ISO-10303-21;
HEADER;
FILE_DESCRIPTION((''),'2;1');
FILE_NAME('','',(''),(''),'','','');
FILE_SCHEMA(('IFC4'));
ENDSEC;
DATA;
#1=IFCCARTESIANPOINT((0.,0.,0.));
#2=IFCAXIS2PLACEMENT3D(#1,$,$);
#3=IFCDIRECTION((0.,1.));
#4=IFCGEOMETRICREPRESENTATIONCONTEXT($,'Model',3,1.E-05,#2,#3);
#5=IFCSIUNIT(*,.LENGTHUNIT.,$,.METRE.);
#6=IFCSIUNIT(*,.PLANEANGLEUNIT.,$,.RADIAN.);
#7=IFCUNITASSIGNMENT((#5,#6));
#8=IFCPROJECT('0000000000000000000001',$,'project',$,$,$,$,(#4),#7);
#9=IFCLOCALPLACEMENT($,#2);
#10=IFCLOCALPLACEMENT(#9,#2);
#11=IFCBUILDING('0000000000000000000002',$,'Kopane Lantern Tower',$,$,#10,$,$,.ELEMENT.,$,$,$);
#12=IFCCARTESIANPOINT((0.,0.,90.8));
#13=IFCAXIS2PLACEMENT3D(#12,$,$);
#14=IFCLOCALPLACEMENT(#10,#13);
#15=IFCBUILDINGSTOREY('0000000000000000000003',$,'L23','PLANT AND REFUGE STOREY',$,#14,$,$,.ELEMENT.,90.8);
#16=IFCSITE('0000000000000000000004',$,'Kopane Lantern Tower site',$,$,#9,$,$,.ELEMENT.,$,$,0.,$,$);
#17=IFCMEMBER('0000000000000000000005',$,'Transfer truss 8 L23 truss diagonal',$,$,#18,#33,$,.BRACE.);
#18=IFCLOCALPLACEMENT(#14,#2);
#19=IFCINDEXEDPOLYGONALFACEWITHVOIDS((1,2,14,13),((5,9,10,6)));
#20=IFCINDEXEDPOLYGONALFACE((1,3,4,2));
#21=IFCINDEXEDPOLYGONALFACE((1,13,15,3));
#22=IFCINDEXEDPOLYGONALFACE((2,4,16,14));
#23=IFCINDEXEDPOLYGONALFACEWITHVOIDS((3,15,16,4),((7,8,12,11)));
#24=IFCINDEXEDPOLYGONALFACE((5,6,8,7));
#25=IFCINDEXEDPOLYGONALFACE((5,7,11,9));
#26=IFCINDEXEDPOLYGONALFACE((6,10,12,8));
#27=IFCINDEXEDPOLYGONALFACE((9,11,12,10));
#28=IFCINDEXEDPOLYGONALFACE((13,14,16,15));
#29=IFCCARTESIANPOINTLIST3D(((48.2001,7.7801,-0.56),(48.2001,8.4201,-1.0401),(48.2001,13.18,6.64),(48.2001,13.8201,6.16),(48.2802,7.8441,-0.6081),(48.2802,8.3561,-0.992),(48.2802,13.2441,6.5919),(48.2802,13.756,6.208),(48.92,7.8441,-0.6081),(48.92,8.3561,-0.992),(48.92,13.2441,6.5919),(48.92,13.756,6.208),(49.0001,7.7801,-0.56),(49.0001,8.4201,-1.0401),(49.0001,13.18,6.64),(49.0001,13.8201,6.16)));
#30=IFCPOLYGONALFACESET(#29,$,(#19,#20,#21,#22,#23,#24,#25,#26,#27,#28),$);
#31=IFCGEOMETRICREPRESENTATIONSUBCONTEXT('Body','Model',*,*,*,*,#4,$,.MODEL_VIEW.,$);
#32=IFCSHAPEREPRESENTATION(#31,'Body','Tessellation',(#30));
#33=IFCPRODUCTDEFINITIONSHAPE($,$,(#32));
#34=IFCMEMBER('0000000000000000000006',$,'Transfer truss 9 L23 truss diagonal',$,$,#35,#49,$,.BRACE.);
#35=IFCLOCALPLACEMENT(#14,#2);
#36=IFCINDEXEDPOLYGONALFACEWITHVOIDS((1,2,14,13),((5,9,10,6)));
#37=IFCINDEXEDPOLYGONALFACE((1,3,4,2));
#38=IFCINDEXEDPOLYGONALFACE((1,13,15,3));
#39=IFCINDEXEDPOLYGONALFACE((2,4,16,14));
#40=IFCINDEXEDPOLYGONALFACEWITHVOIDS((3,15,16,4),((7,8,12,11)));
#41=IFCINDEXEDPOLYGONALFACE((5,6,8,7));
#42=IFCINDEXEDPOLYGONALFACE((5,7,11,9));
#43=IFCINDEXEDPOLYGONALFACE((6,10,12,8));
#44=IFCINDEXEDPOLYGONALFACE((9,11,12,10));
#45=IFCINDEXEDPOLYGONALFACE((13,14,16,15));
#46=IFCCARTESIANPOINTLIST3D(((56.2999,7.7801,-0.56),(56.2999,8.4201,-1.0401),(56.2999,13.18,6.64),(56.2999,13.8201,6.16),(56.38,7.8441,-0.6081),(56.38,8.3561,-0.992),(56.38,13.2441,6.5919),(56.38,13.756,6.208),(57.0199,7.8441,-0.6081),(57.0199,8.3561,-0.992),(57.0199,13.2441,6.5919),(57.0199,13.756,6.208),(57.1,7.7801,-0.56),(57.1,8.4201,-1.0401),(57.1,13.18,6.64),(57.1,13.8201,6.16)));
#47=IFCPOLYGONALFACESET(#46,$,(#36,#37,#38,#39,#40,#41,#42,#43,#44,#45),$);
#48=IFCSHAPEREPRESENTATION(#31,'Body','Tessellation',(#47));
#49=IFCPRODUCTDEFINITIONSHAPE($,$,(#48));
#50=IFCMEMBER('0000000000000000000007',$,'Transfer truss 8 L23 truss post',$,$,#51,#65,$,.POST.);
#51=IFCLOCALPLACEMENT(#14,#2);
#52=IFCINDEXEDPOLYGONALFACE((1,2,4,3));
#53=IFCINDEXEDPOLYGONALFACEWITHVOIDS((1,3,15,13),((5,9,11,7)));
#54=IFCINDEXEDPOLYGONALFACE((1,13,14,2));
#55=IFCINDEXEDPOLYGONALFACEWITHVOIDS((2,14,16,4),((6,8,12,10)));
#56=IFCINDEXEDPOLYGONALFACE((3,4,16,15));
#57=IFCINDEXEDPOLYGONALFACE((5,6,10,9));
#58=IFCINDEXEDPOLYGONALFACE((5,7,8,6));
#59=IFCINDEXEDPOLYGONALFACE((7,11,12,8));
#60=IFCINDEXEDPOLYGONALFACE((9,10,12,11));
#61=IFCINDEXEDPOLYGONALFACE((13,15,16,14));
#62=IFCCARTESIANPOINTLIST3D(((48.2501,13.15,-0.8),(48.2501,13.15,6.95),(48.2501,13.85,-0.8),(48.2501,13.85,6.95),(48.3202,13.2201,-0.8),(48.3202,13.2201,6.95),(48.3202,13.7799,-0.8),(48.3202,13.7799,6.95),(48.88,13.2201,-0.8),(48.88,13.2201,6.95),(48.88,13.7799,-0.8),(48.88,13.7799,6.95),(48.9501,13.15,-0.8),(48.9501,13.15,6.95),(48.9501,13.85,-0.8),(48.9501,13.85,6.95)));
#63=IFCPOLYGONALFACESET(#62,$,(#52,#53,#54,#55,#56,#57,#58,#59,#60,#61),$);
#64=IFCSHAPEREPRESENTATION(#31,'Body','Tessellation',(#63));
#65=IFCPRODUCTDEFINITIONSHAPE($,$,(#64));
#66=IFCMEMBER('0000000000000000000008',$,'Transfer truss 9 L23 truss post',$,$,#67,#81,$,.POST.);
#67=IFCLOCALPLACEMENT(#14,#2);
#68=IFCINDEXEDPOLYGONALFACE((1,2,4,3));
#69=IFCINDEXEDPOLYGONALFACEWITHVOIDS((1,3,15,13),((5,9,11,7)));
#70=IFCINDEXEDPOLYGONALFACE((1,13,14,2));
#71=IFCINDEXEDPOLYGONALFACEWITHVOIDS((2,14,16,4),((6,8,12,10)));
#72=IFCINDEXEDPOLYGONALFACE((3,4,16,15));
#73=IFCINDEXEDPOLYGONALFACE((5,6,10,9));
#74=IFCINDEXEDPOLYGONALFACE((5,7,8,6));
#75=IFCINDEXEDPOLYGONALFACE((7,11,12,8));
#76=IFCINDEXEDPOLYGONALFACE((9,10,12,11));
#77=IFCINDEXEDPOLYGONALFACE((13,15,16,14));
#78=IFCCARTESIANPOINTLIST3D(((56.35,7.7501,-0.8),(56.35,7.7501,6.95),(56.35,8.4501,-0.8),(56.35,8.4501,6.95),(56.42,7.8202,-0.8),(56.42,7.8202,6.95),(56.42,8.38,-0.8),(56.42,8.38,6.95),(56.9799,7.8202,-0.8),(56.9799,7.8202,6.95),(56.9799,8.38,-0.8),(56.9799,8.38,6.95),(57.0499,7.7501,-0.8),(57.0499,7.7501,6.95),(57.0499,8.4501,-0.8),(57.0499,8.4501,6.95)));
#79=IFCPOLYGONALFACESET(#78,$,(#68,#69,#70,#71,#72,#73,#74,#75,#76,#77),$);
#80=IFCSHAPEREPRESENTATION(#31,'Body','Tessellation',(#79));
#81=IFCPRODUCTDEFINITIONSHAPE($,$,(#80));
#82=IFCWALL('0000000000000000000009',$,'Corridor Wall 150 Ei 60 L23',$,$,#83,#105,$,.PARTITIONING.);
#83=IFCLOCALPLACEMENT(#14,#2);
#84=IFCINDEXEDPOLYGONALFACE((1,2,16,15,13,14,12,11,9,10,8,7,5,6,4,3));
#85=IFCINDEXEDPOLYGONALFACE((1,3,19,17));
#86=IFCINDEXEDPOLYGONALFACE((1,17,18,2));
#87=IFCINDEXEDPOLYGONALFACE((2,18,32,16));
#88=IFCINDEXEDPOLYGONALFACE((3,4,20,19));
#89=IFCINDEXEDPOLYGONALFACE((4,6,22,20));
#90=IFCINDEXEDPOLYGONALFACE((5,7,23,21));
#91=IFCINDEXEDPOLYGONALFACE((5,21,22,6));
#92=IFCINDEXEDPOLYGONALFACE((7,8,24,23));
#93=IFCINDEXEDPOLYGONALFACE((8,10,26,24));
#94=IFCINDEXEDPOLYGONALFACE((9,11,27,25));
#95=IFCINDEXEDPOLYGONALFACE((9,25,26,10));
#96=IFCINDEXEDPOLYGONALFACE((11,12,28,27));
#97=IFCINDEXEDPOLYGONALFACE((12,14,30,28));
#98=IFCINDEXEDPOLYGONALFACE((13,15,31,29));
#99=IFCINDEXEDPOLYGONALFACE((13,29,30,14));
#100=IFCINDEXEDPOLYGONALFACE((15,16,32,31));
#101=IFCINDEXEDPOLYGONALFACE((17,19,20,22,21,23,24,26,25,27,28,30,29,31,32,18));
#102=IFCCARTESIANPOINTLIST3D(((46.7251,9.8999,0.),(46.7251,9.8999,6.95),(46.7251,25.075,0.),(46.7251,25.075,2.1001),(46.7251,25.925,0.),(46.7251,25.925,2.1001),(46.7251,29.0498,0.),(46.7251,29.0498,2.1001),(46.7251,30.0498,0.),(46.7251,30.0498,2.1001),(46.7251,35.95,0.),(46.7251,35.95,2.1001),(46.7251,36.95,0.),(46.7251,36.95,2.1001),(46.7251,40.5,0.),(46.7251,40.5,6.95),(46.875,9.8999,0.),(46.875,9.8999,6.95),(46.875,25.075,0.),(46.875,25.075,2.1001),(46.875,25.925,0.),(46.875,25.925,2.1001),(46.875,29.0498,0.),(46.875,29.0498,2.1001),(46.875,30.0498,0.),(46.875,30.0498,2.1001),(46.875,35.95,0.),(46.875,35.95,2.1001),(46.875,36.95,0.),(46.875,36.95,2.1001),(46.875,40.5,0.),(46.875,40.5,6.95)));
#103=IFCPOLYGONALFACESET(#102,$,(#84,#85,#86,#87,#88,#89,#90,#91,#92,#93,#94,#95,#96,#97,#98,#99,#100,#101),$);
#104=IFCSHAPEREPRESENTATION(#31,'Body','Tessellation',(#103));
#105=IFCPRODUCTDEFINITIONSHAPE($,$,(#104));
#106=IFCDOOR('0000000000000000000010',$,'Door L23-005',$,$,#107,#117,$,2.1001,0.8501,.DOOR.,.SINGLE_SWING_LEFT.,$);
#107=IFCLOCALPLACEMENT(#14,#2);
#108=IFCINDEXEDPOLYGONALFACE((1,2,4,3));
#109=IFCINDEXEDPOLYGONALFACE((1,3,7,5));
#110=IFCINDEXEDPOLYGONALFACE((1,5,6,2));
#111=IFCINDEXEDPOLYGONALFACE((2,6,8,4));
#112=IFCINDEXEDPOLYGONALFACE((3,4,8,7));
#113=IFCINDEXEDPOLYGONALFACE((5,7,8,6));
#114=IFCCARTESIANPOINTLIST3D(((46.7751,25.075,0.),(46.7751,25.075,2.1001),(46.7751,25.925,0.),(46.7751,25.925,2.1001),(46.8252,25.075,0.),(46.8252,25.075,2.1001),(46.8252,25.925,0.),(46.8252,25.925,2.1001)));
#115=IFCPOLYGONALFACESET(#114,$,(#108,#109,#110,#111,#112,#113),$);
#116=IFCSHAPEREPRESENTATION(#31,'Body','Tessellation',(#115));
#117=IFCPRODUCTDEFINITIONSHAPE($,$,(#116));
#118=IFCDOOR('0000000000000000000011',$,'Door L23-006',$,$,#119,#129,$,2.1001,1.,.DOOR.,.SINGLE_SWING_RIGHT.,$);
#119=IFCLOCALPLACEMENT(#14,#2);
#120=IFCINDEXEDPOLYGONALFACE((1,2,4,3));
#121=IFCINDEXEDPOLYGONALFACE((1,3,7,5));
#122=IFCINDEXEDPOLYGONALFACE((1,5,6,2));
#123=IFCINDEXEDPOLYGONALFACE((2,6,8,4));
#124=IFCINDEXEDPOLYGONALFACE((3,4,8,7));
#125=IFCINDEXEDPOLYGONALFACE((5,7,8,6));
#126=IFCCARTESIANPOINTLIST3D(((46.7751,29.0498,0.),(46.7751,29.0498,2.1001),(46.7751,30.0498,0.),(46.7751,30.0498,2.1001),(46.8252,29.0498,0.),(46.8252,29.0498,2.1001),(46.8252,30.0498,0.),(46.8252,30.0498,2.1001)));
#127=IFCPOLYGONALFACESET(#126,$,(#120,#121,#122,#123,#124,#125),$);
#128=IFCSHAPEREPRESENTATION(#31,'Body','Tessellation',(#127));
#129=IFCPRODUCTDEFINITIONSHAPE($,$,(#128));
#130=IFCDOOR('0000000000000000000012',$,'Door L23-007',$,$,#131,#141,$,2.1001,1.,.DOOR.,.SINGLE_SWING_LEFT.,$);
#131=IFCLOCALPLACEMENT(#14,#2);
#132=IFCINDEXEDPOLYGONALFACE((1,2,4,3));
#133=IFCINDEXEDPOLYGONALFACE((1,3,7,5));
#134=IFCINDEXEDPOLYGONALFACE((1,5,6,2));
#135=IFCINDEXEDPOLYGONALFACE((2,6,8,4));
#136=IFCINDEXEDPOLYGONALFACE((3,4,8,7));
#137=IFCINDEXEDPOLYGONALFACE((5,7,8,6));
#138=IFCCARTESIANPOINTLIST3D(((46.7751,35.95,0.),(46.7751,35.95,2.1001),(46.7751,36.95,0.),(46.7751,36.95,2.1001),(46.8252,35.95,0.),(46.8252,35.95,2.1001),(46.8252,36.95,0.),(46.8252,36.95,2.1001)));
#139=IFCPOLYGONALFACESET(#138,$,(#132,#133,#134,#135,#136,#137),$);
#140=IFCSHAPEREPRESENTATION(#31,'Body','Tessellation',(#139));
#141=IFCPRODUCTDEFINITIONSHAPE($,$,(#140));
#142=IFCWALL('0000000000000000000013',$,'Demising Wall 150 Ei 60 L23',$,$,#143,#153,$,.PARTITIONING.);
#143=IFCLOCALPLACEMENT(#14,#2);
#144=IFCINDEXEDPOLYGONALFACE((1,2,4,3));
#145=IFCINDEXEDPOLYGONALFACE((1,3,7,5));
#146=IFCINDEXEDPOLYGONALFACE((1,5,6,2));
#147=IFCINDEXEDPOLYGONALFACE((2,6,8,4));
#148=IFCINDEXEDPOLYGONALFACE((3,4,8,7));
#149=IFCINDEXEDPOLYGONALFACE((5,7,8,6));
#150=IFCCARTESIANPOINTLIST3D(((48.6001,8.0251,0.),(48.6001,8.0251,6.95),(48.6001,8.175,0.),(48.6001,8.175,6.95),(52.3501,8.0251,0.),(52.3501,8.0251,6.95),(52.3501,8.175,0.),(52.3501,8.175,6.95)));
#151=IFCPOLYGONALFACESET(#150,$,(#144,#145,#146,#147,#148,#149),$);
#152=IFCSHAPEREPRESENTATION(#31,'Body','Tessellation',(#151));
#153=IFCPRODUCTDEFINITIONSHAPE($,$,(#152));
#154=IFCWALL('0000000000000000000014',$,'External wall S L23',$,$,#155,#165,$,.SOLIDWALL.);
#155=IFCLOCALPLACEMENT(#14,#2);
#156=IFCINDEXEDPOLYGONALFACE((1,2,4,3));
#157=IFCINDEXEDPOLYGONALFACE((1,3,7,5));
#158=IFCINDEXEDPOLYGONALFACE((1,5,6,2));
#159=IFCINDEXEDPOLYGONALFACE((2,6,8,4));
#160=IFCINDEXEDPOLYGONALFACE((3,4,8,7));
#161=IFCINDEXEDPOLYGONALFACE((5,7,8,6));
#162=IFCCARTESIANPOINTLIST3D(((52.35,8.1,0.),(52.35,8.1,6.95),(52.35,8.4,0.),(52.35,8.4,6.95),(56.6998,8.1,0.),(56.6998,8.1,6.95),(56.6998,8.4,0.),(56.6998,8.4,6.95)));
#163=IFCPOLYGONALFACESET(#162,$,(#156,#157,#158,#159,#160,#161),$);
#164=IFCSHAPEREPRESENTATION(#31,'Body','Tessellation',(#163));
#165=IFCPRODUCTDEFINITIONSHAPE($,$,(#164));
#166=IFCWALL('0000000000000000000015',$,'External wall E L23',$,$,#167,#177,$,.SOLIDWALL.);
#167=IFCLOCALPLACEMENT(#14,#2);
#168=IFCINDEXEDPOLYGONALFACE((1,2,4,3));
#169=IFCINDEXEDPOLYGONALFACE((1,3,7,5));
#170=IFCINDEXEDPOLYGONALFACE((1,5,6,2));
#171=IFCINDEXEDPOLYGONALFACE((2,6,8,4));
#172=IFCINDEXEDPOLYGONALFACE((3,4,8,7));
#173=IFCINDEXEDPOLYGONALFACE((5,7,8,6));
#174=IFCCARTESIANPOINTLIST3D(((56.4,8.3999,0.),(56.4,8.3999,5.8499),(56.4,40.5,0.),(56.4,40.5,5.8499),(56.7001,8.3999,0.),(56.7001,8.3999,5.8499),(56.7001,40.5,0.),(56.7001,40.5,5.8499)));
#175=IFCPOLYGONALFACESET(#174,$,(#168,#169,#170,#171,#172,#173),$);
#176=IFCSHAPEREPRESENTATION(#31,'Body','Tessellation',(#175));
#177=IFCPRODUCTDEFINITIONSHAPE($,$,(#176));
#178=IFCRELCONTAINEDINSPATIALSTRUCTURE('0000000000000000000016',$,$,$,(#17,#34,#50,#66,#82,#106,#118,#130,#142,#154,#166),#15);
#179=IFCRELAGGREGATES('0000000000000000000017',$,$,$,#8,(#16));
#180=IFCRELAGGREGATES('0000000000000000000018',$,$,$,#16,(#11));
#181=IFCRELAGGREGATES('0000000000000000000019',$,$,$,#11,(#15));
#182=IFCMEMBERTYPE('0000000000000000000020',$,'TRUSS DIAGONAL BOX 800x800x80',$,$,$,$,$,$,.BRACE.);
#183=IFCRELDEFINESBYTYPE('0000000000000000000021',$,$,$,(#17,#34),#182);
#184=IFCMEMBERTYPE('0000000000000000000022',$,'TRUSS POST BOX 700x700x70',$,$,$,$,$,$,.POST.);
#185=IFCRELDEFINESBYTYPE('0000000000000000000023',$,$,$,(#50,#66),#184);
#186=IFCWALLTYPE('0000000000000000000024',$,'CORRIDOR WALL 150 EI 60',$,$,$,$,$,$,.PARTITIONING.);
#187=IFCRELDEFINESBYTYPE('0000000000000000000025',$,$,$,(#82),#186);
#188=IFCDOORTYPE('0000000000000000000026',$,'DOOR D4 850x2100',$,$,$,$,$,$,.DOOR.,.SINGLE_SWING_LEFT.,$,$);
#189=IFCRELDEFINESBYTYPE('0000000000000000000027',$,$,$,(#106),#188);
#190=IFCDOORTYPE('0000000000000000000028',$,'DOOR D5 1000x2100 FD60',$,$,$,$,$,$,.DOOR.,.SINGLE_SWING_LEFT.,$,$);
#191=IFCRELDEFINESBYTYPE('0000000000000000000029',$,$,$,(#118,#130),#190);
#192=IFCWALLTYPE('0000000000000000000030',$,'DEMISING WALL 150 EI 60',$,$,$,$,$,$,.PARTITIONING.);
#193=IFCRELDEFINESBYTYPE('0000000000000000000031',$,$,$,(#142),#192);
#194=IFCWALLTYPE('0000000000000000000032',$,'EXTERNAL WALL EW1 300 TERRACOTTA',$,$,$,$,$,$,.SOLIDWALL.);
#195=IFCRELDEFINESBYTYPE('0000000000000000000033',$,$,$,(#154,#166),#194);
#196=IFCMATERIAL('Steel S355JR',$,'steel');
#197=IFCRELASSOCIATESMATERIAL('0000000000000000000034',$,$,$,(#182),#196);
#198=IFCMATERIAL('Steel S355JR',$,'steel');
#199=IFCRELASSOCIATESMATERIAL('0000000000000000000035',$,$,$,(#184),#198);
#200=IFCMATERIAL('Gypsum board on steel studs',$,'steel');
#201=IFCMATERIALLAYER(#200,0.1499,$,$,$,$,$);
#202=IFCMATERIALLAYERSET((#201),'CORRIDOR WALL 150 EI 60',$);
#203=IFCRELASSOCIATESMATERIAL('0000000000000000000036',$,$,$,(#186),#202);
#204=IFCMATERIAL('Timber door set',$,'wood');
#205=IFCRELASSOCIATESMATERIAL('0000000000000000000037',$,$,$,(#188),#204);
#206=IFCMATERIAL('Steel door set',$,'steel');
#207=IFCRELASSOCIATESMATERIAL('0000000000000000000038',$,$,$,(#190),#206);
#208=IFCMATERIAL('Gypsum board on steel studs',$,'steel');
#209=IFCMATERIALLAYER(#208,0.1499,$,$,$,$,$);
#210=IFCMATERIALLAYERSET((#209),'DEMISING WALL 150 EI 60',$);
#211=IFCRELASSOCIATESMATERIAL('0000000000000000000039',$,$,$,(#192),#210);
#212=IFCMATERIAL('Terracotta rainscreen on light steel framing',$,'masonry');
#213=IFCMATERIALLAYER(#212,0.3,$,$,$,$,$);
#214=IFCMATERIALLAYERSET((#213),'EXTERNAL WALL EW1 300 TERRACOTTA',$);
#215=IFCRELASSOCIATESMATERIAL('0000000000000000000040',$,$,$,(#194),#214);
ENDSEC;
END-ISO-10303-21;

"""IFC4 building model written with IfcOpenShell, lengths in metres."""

from ifc_helpers import new_model, si_unit, direction, frame, frame_2d, origin, origin_2d, place, context, subcontext, project, spatial, rectangle, hollow_rectangle, extrude, material, layer, layer_set, material_profile, profile_set, type_object, element, fill, save


model = new_model("IFC4")

# Units and contexts
model_context = context("Model", 3, precision=1e-05, world=origin(), true_north=direction((0.0, 1.0)))
body_context = subcontext(model_context, "Body", "Model", "MODEL_VIEW")
ifc_project = project(units=[si_unit("LENGTHUNIT", "METRE"), si_unit("PLANEANGLEUNIT", "RADIAN")], contexts=[model_context])

# Site, building, storey
site_placement = place(None, origin())
site = spatial("IfcSite", under=ifc_project, at=site_placement, Name="Kopane Lantern Tower site", CompositionType="ELEMENT", RefElevation=0.0)
building_placement = place(site_placement, origin())
building = spatial("IfcBuilding", under=site, at=building_placement, Name="Kopane Lantern Tower", CompositionType="ELEMENT")
storey_placement = place(building_placement, frame((0.0, 0.0, 90.8)))
storey = spatial("IfcBuildingStorey", under=building, at=storey_placement, Name="L23", Description="PLANT AND REFUGE STOREY", CompositionType="ELEMENT", Elevation=90.8)

# Members
ifc_material_1 = material(Name="Steel S355JR", Category="steel")
ifc_material_profile_1 = material_profile(ifc_material_1, hollow_rectangle(XDim=0.8, YDim=0.8, WallThickness=0.0801, at=origin_2d()), Name="BOX 800x800x80")
ifc_profile_set_1 = profile_set([ifc_material_profile_1], Name="Steel S355JR")
member_type_1 = type_object("IfcMemberType", Name="TRUSS DIAGONAL BOX 800x800x80", PredefinedType="BRACE", material=ifc_profile_set_1)
for number, where, z_axis, x_axis, name in (
    (1, (48.6001, 8.1001, -0.8), (0.0, 0.599996, 0.800003), (-1.0, 0.0, 0.0), "Transfer truss 8 L23 truss diagonal"),
    (2, (56.7, 8.1001, -0.8), (0.0, 0.599996, 0.800003), (-1.0, 0.0, 0.0), "Transfer truss 9 L23 truss diagonal"),
):
    element("IfcMember", number, at=place(storey_placement, frame(where, z_axis=z_axis, x_axis=x_axis)), inside=storey, type_object=member_type_1, Name=name, PredefinedType="BRACE", context=body_context, shape_type="SweptSolid", body=[
        extrude(hollow_rectangle(XDim=0.8, YDim=0.8, WallThickness=0.0801, at=origin_2d()), origin(), (0.0, 0.0, 1.0), 9.0),
    ])
ifc_material_2 = material(Name="Steel S355JR", Category="steel")
ifc_material_profile_2 = material_profile(ifc_material_2, hollow_rectangle(XDim=0.7, YDim=0.7, WallThickness=0.0701, at=origin_2d()), Name="BOX 700x700x70")
ifc_profile_set_2 = profile_set([ifc_material_profile_2], Name="Steel S355JR")
member_type_2 = type_object("IfcMemberType", Name="TRUSS POST BOX 700x700x70", PredefinedType="POST", material=ifc_profile_set_2)
for number, where, z_axis, x_axis, name in (
    (3, (48.6001, 13.5, -0.8), (0.0, 0.0, 1.0), (1.0, 0.0, 0.0), "Transfer truss 8 L23 truss post"),
    (4, (56.7, 8.1001, -0.8), (0.0, 0.0, 1.0), (1.0, 0.0, 0.0), "Transfer truss 9 L23 truss post"),
):
    element("IfcMember", number, at=place(storey_placement, frame(where, z_axis=z_axis, x_axis=x_axis)), inside=storey, type_object=member_type_2, Name=name, PredefinedType="POST", context=body_context, shape_type="SweptSolid", body=[
        extrude(hollow_rectangle(XDim=0.7, YDim=0.7, WallThickness=0.0701, at=origin_2d()), origin(), (0.0, 0.0, 1.0), 7.75),
    ])

# Wall, openings, doors
ifc_material_3 = material(Name="Gypsum board on steel studs", Category="steel")
ifc_layer_1 = layer(ifc_material_3, 0.1499)
ifc_layer_set_1 = layer_set([ifc_layer_1], Name="CORRIDOR WALL 150 EI 60")
wall_type_1 = type_object("IfcWallType", Name="CORRIDOR WALL 150 EI 60", PredefinedType="PARTITIONING", material=ifc_layer_set_1)
wall_1_placement = place(storey_placement, frame((46.8, 9.8999, 0.0), z_axis=(0.0, 0.0, 1.0), x_axis=(0.0, 1.0, 0.0)))
wall_1 = element("IfcWall", 5, at=wall_1_placement, inside=storey, type_object=wall_type_1, Name="Corridor Wall 150 Ei 60 L23", PredefinedType="PARTITIONING", context=body_context, shape_type="SweptSolid", body=[
    extrude(rectangle(XDim=30.6001, YDim=0.1499, at=frame_2d((15.3, 0.0))), origin(), (0.0, 0.0, 1.0), 6.95),
])
opening_1_placement = place(wall_1_placement, frame((15.175, 0.0, 0.0)))
opening_1 = element("IfcOpeningElement", 6, at=opening_1_placement, cuts=wall_1, PredefinedType="OPENING", context=body_context, shape_type="SweptSolid", body=[
    extrude(rectangle(XDim=0.8501, YDim=2.1001, at=frame_2d((0.425, 1.05))), frame((0.0, 0.085, 0.0), z_axis=(0.0, -1.0, 0.0), x_axis=(1.0, 0.0, 0.0)), (0.0, 0.0, 1.0), 0.1699),
])
opening_2_placement = place(wall_1_placement, frame((19.1499, 0.0, 0.0)))
opening_2 = element("IfcOpeningElement", 7, at=opening_2_placement, cuts=wall_1, PredefinedType="OPENING", context=body_context, shape_type="SweptSolid", body=[
    extrude(rectangle(XDim=1.0, YDim=2.1001, at=frame_2d((0.5, 1.05))), frame((0.0, 0.085, 0.0), z_axis=(0.0, -1.0, 0.0), x_axis=(1.0, 0.0, 0.0)), (0.0, 0.0, 1.0), 0.1699),
])
opening_3_placement = place(wall_1_placement, frame((26.05, 0.0, 0.0)))
opening_3 = element("IfcOpeningElement", 8, at=opening_3_placement, cuts=wall_1, PredefinedType="OPENING", context=body_context, shape_type="SweptSolid", body=[
    extrude(rectangle(XDim=1.0, YDim=2.1001, at=frame_2d((0.5, 1.05))), frame((0.0, 0.085, 0.0), z_axis=(0.0, -1.0, 0.0), x_axis=(1.0, 0.0, 0.0)), (0.0, 0.0, 1.0), 0.1699),
])
ifc_material_4 = material(Name="Timber door set", Category="wood")
door_type_1 = type_object("IfcDoorType", Name="DOOR D4 850x2100", OperationType="SINGLE_SWING_LEFT", PredefinedType="DOOR", material=ifc_material_4)
door_1_placement = place(opening_1_placement, origin())
door_1 = element("IfcDoor", 9, at=door_1_placement, inside=storey, type_object=door_type_1, Name="Door L23-005", OperationType="SINGLE_SWING_LEFT", OverallHeight=2.1001, OverallWidth=0.8501, PredefinedType="DOOR", context=body_context, shape_type="SweptSolid", body=[
    extrude(rectangle(XDim=0.8501, YDim=2.1001, at=frame_2d((0.425, 1.05))), frame((0.0, 0.0249, 0.0), z_axis=(0.0, -1.0, 0.0), x_axis=(1.0, 0.0, 0.0)), (0.0, 0.0, 1.0), 0.05),
])
fill(opening_1, door_1)
ifc_material_5 = material(Name="Steel door set", Category="steel")
door_type_2 = type_object("IfcDoorType", Name="DOOR D5 1000x2100 FD60", OperationType="SINGLE_SWING_LEFT", PredefinedType="DOOR", material=ifc_material_5)
door_2_placement = place(opening_2_placement, origin())
door_2 = element("IfcDoor", 10, at=door_2_placement, inside=storey, type_object=door_type_2, Name="Door L23-006", OperationType="SINGLE_SWING_RIGHT", OverallHeight=2.1001, OverallWidth=1.0, PredefinedType="DOOR", context=body_context, shape_type="SweptSolid", body=[
    extrude(rectangle(XDim=1.0, YDim=2.1001, at=frame_2d((0.5, 1.05))), frame((0.0, 0.0249, 0.0), z_axis=(0.0, -1.0, 0.0), x_axis=(1.0, 0.0, 0.0)), (0.0, 0.0, 1.0), 0.05),
])
fill(opening_2, door_2)
door_3_placement = place(opening_3_placement, origin())
door_3 = element("IfcDoor", 11, at=door_3_placement, inside=storey, type_object=door_type_2, Name="Door L23-007", OperationType="SINGLE_SWING_LEFT", OverallHeight=2.1001, OverallWidth=1.0, PredefinedType="DOOR", context=body_context, shape_type="SweptSolid", body=[
    extrude(rectangle(XDim=1.0, YDim=2.1001, at=frame_2d((0.5, 1.05))), frame((0.0, 0.0249, 0.0), z_axis=(0.0, -1.0, 0.0), x_axis=(1.0, 0.0, 0.0)), (0.0, 0.0, 1.0), 0.05),
])
fill(opening_3, door_3)

# Walls
ifc_material_6 = material(Name="Gypsum board on steel studs", Category="steel")
ifc_layer_2 = layer(ifc_material_6, 0.1499)
ifc_layer_set_2 = layer_set([ifc_layer_2], Name="DEMISING WALL 150 EI 60")
wall_type_2 = type_object("IfcWallType", Name="DEMISING WALL 150 EI 60", PredefinedType="PARTITIONING", material=ifc_layer_set_2)
wall_2_placement = place(storey_placement, frame((48.6001, 8.1001, 0.0), z_axis=(0.0, 0.0, 1.0), x_axis=(1.0, 0.0, 0.0)))
element("IfcWall", 12, at=wall_2_placement, inside=storey, type_object=wall_type_2, Name="Demising Wall 150 Ei 60 L23", PredefinedType="PARTITIONING", context=body_context, shape_type="SweptSolid", body=[
    extrude(rectangle(XDim=3.75, YDim=0.1499, at=frame_2d((1.875, 0.0))), origin(), (0.0, 0.0, 1.0), 6.95),
])
ifc_material_7 = material(Name="Terracotta rainscreen on light steel framing", Category="masonry")
ifc_layer_3 = layer(ifc_material_7, 0.3)
ifc_layer_set_3 = layer_set([ifc_layer_3], Name="EXTERNAL WALL EW1 300 TERRACOTTA")
wall_type_3 = type_object("IfcWallType", Name="EXTERNAL WALL EW1 300 TERRACOTTA", PredefinedType="SOLIDWALL", material=ifc_layer_set_3)
wall_3_placement = place(storey_placement, frame((52.3501, 8.25, 0.0), z_axis=(0.0, 0.0, 1.0), x_axis=(1.0, 0.0, 0.0)))
element("IfcWall", 13, at=wall_3_placement, inside=storey, type_object=wall_type_3, Name="External wall S L23", PredefinedType="SOLIDWALL", context=body_context, shape_type="SweptSolid", body=[
    extrude(rectangle(XDim=4.3499, YDim=0.3, at=frame_2d((2.1748, 0.0))), origin(), (0.0, 0.0, 1.0), 6.95),
])
wall_4_placement = place(storey_placement, frame((56.55, 8.3999, 0.0), z_axis=(0.0, 0.0, 1.0), x_axis=(0.0, 1.0, 0.0)))
element("IfcWall", 14, at=wall_4_placement, inside=storey, type_object=wall_type_3, Name="External wall E L23", PredefinedType="SOLIDWALL", context=body_context, shape_type="SweptSolid", body=[
    extrude(rectangle(XDim=32.1001, YDim=0.3, at=frame_2d((16.05, 0.0))), origin(), (0.0, 0.0, 1.0), 5.8499),
])

save(model, "model.ifc")
